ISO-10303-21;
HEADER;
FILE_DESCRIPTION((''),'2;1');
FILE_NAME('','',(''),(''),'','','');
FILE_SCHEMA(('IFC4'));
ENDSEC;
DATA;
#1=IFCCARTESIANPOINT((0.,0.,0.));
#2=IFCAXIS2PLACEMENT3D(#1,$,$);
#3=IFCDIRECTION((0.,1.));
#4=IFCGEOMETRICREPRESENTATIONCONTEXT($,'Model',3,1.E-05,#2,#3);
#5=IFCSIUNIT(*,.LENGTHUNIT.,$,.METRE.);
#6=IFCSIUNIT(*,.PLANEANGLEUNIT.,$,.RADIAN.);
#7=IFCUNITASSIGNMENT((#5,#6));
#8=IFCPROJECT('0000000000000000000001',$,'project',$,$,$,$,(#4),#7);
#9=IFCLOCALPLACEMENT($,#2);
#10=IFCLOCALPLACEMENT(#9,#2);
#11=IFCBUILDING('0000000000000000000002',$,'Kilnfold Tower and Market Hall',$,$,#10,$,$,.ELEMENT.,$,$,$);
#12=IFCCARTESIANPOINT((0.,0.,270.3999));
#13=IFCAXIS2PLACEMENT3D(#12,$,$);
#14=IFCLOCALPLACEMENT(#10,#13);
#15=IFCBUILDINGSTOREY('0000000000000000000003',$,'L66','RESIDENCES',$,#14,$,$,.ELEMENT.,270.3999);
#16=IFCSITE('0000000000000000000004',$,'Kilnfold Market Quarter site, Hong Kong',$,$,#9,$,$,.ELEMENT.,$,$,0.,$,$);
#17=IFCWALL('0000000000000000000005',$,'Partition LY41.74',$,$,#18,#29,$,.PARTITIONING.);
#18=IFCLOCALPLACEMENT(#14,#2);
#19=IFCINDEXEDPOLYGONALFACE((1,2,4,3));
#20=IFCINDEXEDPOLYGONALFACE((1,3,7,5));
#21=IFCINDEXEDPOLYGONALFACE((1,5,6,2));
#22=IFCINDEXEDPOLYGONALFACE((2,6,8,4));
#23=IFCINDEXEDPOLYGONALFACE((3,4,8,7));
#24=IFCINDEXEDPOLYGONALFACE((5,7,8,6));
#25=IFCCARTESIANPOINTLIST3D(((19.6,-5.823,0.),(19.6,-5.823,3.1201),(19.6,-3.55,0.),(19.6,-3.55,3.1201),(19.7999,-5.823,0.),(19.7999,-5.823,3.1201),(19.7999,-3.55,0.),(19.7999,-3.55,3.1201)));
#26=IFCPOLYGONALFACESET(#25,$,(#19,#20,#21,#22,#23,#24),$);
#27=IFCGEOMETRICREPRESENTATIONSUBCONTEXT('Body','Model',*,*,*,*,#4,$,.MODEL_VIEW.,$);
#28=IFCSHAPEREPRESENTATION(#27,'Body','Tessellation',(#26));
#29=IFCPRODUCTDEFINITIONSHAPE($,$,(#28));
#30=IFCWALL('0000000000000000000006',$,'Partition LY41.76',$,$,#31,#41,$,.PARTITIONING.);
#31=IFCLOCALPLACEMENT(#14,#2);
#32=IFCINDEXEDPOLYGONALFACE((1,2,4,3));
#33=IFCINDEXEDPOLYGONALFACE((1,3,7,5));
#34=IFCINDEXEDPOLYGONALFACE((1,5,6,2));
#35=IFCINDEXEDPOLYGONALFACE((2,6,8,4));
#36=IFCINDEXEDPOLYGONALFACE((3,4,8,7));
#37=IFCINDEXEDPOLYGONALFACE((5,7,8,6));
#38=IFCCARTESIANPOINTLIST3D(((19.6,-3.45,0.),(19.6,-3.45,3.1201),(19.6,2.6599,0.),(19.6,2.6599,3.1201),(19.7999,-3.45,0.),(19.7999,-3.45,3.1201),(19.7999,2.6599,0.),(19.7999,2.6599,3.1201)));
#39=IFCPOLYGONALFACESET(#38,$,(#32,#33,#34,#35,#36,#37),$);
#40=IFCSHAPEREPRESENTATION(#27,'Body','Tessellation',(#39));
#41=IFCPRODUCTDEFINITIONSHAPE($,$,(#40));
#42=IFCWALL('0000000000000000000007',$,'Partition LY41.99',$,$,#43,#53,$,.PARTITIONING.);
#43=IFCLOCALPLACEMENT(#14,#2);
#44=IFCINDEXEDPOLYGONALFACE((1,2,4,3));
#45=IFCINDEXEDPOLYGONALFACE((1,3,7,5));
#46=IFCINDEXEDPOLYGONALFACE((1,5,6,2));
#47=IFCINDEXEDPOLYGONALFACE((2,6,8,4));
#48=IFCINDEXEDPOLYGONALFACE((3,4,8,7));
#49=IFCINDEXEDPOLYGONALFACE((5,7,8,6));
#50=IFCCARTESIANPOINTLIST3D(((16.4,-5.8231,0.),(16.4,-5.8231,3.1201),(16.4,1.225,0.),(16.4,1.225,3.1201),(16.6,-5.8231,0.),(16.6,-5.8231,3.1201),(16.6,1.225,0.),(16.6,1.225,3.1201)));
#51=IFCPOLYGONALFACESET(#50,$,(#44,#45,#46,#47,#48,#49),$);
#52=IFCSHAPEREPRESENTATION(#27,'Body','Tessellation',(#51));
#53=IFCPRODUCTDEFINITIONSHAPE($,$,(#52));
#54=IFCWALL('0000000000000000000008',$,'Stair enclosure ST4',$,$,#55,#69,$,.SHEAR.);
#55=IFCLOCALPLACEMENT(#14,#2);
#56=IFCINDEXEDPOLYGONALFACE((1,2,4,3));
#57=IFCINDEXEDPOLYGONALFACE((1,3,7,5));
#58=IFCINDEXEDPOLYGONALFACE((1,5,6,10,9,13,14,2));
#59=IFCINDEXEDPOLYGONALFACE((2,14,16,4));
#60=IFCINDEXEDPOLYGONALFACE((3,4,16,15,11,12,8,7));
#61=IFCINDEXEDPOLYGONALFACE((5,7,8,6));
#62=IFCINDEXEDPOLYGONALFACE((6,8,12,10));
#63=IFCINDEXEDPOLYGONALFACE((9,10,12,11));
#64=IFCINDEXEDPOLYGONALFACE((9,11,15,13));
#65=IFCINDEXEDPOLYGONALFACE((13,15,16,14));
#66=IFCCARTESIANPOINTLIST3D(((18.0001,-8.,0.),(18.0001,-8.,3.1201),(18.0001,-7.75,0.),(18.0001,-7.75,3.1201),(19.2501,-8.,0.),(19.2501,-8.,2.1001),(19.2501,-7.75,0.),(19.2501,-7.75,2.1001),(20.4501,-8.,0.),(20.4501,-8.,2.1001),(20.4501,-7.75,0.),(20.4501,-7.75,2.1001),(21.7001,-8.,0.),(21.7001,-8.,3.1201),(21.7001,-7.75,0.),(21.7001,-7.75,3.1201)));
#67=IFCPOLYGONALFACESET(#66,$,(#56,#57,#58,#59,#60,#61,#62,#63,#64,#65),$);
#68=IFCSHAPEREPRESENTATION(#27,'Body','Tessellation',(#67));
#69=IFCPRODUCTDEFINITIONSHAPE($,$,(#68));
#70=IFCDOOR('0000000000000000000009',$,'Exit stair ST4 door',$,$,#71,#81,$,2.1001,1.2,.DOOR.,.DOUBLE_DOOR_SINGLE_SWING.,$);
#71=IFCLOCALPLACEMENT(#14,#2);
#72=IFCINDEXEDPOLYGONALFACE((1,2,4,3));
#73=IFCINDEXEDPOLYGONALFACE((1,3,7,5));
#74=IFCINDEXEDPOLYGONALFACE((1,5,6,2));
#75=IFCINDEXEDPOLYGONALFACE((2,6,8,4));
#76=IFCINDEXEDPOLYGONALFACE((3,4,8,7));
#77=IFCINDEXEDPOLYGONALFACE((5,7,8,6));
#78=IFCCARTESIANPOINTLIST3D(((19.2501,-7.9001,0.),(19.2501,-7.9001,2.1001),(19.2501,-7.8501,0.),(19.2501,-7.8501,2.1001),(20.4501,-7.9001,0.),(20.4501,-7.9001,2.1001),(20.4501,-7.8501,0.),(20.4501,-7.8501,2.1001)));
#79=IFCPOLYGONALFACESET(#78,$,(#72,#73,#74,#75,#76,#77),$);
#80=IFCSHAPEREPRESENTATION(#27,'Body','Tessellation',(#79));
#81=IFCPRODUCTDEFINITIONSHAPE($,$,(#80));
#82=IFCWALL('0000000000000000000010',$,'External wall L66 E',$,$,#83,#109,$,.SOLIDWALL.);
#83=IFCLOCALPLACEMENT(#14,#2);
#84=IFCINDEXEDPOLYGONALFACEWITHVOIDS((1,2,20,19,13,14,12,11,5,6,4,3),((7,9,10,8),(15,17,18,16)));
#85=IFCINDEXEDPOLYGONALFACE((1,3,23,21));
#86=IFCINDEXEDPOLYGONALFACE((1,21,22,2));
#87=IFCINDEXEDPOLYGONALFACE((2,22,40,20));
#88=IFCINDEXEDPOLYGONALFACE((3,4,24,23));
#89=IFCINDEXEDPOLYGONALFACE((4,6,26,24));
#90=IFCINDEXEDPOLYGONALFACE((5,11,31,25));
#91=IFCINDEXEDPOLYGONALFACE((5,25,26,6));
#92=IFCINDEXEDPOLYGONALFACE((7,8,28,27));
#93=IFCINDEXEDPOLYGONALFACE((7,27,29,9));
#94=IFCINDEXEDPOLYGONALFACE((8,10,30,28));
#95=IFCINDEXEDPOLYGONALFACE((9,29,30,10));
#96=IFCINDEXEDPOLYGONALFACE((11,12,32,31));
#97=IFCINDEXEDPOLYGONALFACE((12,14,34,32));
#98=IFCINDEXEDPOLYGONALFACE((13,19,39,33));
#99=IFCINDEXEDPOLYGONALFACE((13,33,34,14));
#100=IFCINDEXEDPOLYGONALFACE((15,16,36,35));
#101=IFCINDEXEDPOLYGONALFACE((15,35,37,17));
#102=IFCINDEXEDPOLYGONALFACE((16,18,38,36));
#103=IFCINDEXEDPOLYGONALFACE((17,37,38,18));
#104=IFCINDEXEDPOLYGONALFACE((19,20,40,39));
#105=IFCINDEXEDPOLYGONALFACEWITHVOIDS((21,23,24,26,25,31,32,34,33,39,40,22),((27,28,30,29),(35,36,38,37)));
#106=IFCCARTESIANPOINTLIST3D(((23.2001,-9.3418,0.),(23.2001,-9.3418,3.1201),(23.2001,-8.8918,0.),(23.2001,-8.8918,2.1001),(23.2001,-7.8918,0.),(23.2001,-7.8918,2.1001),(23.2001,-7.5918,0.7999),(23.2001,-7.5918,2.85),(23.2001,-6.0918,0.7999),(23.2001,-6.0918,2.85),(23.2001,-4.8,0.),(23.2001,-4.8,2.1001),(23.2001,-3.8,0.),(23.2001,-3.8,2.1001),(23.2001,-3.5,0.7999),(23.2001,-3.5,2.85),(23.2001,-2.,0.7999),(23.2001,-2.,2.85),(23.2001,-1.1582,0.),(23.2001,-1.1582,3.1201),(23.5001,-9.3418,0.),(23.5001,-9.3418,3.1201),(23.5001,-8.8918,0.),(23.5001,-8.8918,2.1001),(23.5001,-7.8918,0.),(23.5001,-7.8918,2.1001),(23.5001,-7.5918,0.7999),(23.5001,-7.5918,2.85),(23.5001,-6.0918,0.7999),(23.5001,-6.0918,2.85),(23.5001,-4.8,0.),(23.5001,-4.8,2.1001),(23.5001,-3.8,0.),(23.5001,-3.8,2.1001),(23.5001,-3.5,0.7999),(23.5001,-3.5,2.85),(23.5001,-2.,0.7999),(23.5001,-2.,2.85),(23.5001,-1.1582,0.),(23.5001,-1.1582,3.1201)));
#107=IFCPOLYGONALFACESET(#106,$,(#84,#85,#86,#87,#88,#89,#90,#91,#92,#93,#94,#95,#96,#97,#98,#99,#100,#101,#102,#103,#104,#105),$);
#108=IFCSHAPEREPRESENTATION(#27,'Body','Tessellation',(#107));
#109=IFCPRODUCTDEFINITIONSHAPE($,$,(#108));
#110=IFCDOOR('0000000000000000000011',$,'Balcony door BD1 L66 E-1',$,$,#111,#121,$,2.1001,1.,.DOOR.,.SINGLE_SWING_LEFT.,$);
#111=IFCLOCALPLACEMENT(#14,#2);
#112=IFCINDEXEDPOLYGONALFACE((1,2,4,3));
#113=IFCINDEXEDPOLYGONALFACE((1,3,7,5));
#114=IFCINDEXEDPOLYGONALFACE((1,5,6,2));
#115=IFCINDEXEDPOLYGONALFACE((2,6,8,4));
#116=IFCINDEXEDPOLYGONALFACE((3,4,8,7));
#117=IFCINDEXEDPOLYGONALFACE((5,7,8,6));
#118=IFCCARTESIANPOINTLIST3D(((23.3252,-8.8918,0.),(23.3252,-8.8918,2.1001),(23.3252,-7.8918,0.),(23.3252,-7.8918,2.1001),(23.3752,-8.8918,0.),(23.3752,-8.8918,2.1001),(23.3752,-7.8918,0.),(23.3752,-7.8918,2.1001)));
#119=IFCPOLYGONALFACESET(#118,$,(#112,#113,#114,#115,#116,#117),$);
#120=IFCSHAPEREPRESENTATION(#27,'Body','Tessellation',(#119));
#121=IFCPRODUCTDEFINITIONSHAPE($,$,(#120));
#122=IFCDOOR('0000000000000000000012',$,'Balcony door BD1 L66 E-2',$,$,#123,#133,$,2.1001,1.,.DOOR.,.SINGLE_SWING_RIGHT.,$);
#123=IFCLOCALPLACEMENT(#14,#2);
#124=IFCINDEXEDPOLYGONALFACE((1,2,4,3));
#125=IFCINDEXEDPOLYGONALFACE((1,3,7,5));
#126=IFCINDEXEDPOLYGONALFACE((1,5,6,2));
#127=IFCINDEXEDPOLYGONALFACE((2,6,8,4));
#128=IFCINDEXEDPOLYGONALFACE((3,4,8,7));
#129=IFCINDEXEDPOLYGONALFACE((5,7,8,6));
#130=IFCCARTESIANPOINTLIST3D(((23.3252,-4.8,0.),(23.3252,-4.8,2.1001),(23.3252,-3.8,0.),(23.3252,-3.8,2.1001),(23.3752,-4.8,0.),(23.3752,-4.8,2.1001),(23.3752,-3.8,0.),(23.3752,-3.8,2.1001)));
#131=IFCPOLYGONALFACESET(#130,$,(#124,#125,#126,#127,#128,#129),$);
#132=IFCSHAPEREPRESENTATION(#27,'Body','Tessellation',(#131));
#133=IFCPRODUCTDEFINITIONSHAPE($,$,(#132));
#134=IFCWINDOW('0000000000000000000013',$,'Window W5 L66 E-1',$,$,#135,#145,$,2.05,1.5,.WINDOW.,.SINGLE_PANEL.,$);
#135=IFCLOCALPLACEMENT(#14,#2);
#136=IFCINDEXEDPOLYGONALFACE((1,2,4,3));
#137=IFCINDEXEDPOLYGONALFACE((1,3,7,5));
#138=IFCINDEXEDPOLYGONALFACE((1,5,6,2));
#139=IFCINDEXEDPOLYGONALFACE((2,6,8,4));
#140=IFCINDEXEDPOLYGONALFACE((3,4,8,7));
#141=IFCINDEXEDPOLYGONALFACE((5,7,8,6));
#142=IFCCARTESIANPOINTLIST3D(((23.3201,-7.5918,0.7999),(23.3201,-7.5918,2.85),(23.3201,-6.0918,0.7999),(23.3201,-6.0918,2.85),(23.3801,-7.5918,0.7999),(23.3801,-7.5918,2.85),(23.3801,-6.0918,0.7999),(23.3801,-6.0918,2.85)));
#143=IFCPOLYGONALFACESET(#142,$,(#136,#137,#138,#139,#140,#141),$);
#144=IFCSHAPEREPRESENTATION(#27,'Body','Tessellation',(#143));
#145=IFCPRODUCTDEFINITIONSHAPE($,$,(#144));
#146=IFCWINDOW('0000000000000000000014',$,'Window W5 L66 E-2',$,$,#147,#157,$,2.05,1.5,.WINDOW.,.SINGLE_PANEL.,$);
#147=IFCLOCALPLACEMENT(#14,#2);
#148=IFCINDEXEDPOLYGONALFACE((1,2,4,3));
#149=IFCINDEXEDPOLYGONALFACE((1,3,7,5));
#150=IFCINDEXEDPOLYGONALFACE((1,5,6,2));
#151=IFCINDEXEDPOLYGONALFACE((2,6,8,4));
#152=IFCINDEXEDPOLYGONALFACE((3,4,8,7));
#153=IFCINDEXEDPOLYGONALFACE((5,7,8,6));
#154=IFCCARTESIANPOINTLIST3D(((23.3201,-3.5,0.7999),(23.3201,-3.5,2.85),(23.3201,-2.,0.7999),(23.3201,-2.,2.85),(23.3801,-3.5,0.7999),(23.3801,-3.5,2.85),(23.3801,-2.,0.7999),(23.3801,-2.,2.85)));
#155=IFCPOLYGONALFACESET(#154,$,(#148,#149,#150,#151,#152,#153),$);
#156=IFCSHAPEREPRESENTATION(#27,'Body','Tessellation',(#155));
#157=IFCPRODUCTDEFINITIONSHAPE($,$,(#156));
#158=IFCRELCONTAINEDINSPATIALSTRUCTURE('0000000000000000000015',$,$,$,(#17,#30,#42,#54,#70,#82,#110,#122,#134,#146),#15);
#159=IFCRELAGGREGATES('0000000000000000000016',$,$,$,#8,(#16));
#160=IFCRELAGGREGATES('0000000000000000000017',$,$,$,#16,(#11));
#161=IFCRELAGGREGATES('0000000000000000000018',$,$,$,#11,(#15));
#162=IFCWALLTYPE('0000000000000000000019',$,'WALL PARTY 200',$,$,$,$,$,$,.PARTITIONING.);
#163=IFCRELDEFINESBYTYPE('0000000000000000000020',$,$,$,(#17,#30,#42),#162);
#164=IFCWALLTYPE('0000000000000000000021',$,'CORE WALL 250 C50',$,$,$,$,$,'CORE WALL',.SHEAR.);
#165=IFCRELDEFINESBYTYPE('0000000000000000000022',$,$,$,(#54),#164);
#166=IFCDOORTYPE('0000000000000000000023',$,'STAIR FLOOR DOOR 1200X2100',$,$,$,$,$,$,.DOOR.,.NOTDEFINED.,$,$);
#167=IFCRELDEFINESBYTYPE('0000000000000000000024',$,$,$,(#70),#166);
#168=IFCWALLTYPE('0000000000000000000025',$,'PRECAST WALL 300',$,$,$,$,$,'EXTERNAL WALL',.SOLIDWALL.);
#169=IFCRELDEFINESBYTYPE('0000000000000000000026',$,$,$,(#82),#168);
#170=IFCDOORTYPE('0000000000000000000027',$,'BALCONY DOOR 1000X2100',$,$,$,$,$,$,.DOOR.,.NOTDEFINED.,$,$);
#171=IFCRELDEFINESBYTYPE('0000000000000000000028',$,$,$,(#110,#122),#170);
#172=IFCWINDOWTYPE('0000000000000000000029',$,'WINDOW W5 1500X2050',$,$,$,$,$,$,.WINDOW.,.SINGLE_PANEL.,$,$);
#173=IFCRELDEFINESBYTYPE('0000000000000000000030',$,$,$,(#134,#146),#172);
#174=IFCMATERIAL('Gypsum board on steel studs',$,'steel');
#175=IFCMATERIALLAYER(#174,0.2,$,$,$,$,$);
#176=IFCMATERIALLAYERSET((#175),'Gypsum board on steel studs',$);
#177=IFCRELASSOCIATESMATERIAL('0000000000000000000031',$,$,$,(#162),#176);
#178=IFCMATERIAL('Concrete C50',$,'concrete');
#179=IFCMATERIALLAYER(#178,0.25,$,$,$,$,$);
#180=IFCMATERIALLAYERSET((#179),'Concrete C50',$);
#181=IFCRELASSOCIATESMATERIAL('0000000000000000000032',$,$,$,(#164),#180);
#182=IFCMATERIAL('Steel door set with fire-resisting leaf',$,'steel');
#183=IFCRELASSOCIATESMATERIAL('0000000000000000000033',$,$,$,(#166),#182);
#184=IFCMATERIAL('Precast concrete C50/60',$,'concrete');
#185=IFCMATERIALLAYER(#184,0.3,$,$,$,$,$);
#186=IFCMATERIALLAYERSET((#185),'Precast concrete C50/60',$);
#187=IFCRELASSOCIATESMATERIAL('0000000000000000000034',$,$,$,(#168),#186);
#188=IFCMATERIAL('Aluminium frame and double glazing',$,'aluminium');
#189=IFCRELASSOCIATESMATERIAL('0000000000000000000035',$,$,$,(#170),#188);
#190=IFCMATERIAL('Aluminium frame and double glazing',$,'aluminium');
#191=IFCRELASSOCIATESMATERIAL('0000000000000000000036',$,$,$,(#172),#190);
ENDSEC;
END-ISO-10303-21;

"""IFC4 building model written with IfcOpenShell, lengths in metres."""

from ifc_helpers import new_model, si_unit, direction, frame, frame_2d, origin, place, context, subcontext, project, spatial, rectangle, extrude, source, transform, mapped, material, layer, layer_set, type_object, element, fill, save


model = new_model("IFC4")

# Units and contexts
model_context = context("Model", 3, precision=1e-05, world=origin(), true_north=direction((0.0, 1.0)))
body_context = subcontext(model_context, "Body", "Model", "MODEL_VIEW")
ifc_project = project(units=[si_unit("LENGTHUNIT", "METRE"), si_unit("PLANEANGLEUNIT", "RADIAN")], contexts=[model_context])

# Site, building, storey
site_placement = place(None, origin())
site = spatial("IfcSite", under=ifc_project, at=site_placement, Name="Kilnfold Market Quarter site, Hong Kong", CompositionType="ELEMENT", RefElevation=0.0)
building_placement = place(site_placement, origin())
building = spatial("IfcBuilding", under=site, at=building_placement, Name="Kilnfold Tower and Market Hall", CompositionType="ELEMENT")
storey_placement = place(building_placement, frame((0.0, 0.0, 270.3999)))
storey = spatial("IfcBuildingStorey", under=building, at=storey_placement, Name="L66", Description="RESIDENCES", CompositionType="ELEMENT", Elevation=270.3999)

# Walls
ifc_material_1 = material(Name="Gypsum board on steel studs", Category="steel")
ifc_layer_1 = layer(ifc_material_1, 0.2)
ifc_layer_set_1 = layer_set([ifc_layer_1], Name="Gypsum board on steel studs")
wall_type_1 = type_object("IfcWallType", Name="WALL PARTY 200", PredefinedType="PARTITIONING", material=ifc_layer_set_1)
wall_1_placement = place(storey_placement, frame((19.7, -5.823, 0.0), z_axis=(0.0, 0.0, 1.0), x_axis=(0.0, 1.0, 0.0)))
element("IfcWall", 1, at=wall_1_placement, inside=storey, type_object=wall_type_1, Name="Partition LY41.74", PredefinedType="PARTITIONING", context=body_context, shape_type="SweptSolid", body=[
    extrude(rectangle(XDim=2.2729, YDim=0.2, at=frame_2d((1.1365, 0.0))), origin(), (0.0, 0.0, 1.0), 3.1201),
])
wall_2_placement = place(storey_placement, frame((19.7, -3.45, 0.0), z_axis=(0.0, 0.0, 1.0), x_axis=(0.0, 1.0, 0.0)))
element("IfcWall", 2, at=wall_2_placement, inside=storey, type_object=wall_type_1, Name="Partition LY41.76", PredefinedType="PARTITIONING", context=body_context, shape_type="SweptSolid", body=[
    extrude(rectangle(XDim=6.1099, YDim=0.2, at=frame_2d((3.0549, 0.0))), origin(), (0.0, 0.0, 1.0), 3.1201),
])
wall_3_placement = place(storey_placement, frame((16.5, -5.823, 0.0), z_axis=(0.0, 0.0, 1.0), x_axis=(0.0, 1.0, 0.0)))
element("IfcWall", 3, at=wall_3_placement, inside=storey, type_object=wall_type_1, Name="Partition LY41.99", PredefinedType="PARTITIONING", context=body_context, shape_type="SweptSolid", body=[
    extrude(rectangle(XDim=7.0481, YDim=0.2, at=frame_2d((3.5239, 0.0))), origin(), (0.0, 0.0, 1.0), 3.1201),
])

# Wall, opening, door
ifc_material_2 = material(Name="Concrete C50", Category="concrete")
ifc_layer_2 = layer(ifc_material_2, 0.25)
ifc_layer_set_2 = layer_set([ifc_layer_2], Name="Concrete C50")
wall_type_2 = type_object("IfcWallType", Name="CORE WALL 250 C50", ElementType="CORE WALL", PredefinedType="SHEAR", material=ifc_layer_set_2)
shared_shape_1 = source(origin(), body_context, "Body", "SweptSolid", [
    extrude(rectangle(XDim=3.7, YDim=0.25, at=frame_2d((1.8501, 0.0))), origin(), (0.0, 0.0, 1.0), 3.1201),
])
wall_4_placement = place(storey_placement, frame((18.0, -7.875, 0.0), z_axis=(0.0, 0.0, 1.0), x_axis=(1.0, 0.0, 0.0)))
wall_4 = element("IfcWall", 4, at=wall_4_placement, inside=storey, type_object=wall_type_2, Name="Stair enclosure ST4", PredefinedType="SHEAR", context=body_context, shape_type="MappedRepresentation", body=[
    mapped(shared_shape_1, transform((0.0, 0.0, 0.0))),
])
opening_1_placement = place(wall_4_placement, frame((1.25, 0.0, 0.0)))
opening_1 = element("IfcOpeningElement", 5, at=opening_1_placement, cuts=wall_4, PredefinedType="OPENING", context=body_context, shape_type="SweptSolid", body=[
    extrude(rectangle(XDim=1.2, YDim=2.1001, at=frame_2d((0.6001, 1.05))), frame((0.0, 0.135, 0.0), z_axis=(0.0, -1.0, 0.0), x_axis=(1.0, 0.0, 0.0)), (0.0, 0.0, 1.0), 0.27),
])
ifc_material_3 = material(Name="Steel door set with fire-resisting leaf", Category="steel")
door_type_1 = type_object("IfcDoorType", Name="STAIR FLOOR DOOR 1200X2100", OperationType="NOTDEFINED", PredefinedType="DOOR", material=ifc_material_3)
door_1_placement = place(opening_1_placement, origin())
door_1 = element("IfcDoor", 6, at=door_1_placement, inside=storey, type_object=door_type_1, Name="Exit stair ST4 door", OperationType="DOUBLE_DOOR_SINGLE_SWING", OverallHeight=2.1001, OverallWidth=1.2, PredefinedType="DOOR", context=body_context, shape_type="SweptSolid", body=[
    extrude(rectangle(XDim=1.2, YDim=2.1001, at=frame_2d((0.6001, 1.05))), frame((0.0, 0.0249, 0.0), z_axis=(0.0, -1.0, 0.0), x_axis=(1.0, 0.0, 0.0)), (0.0, 0.0, 1.0), 0.05),
])
fill(opening_1, door_1)

# Wall, openings, doors, windows
ifc_material_4 = material(Name="Precast concrete C50/60", Category="concrete")
ifc_layer_3 = layer(ifc_material_4, 0.3)
ifc_layer_set_3 = layer_set([ifc_layer_3], Name="Precast concrete C50/60")
wall_type_3 = type_object("IfcWallType", Name="PRECAST WALL 300", ElementType="EXTERNAL WALL", PredefinedType="SOLIDWALL", material=ifc_layer_set_3)
shared_shape_2 = source(origin(), body_context, "Body", "SweptSolid", [
    extrude(rectangle(XDim=8.1836, YDim=0.3, at=frame_2d((4.0918, 0.0))), origin(), (0.0, 0.0, 1.0), 3.1201),
])
wall_5_placement = place(storey_placement, frame((23.3501, -9.3418, 0.0), z_axis=(0.0, 0.0, 1.0), x_axis=(0.0, 1.0, 0.0)))
wall_5 = element("IfcWall", 7, at=wall_5_placement, inside=storey, type_object=wall_type_3, Name="External wall L66 E", PredefinedType="SOLIDWALL", context=body_context, shape_type="MappedRepresentation", body=[
    mapped(shared_shape_2, transform((0.0, 0.0, 0.0))),
])
opening_2_placement = place(wall_5_placement, frame((1.75, 0.0, 0.8)))
opening_2 = element("IfcOpeningElement", 8, at=opening_2_placement, cuts=wall_5, PredefinedType="OPENING", context=body_context, shape_type="SweptSolid", body=[
    extrude(rectangle(XDim=1.5, YDim=2.05, at=frame_2d((0.75, 1.0249))), frame((0.0, 0.1602, 0.0), z_axis=(0.0, -1.0, 0.0), x_axis=(1.0, 0.0, 0.0)), (0.0, 0.0, 1.0), 0.3201),
])
opening_3_placement = place(wall_5_placement, frame((0.45, 0.0, 0.0)))
opening_3 = element("IfcOpeningElement", 9, at=opening_3_placement, cuts=wall_5, PredefinedType="OPENING", context=body_context, shape_type="SweptSolid", body=[
    extrude(rectangle(XDim=1.0, YDim=2.1001, at=frame_2d((0.5, 1.05))), frame((0.0, 0.1602, 0.0), z_axis=(0.0, -1.0, 0.0), x_axis=(1.0, 0.0, 0.0)), (0.0, 0.0, 1.0), 0.3201),
])
opening_4_placement = place(wall_5_placement, frame((5.8418, 0.0, 0.8)))
opening_4 = element("IfcOpeningElement", 10, at=opening_4_placement, cuts=wall_5, PredefinedType="OPENING", context=body_context, shape_type="SweptSolid", body=[
    extrude(rectangle(XDim=1.5, YDim=2.05, at=frame_2d((0.75, 1.0249))), frame((0.0, 0.1602, 0.0), z_axis=(0.0, -1.0, 0.0), x_axis=(1.0, 0.0, 0.0)), (0.0, 0.0, 1.0), 0.3201),
])
opening_5_placement = place(wall_5_placement, frame((4.5417, 0.0, 0.0)))
opening_5 = element("IfcOpeningElement", 11, at=opening_5_placement, cuts=wall_5, PredefinedType="OPENING", context=body_context, shape_type="SweptSolid", body=[
    extrude(rectangle(XDim=1.0, YDim=2.1001, at=frame_2d((0.5, 1.05))), frame((0.0, 0.1602, 0.0), z_axis=(0.0, -1.0, 0.0), x_axis=(1.0, 0.0, 0.0)), (0.0, 0.0, 1.0), 0.3201),
])
ifc_material_5 = material(Name="Aluminium frame and double glazing", Category="aluminium")
door_type_2 = type_object("IfcDoorType", Name="BALCONY DOOR 1000X2100", OperationType="NOTDEFINED", PredefinedType="DOOR", material=ifc_material_5)
door_2_placement = place(opening_3_placement, origin())
door_2 = element("IfcDoor", 12, at=door_2_placement, inside=storey, type_object=door_type_2, Name="Balcony door BD1 L66 E-1", OperationType="SINGLE_SWING_LEFT", OverallHeight=2.1001, OverallWidth=1.0, PredefinedType="DOOR", context=body_context, shape_type="SweptSolid", body=[
    extrude(rectangle(XDim=1.0, YDim=2.1001, at=frame_2d((0.5, 1.05))), frame((0.0, 0.0249, 0.0), z_axis=(0.0, -1.0, 0.0), x_axis=(1.0, 0.0, 0.0)), (0.0, 0.0, 1.0), 0.05),
])
fill(opening_3, door_2)
door_3_placement = place(opening_5_placement, origin())
door_3 = element("IfcDoor", 13, at=door_3_placement, inside=storey, type_object=door_type_2, Name="Balcony door BD1 L66 E-2", OperationType="SINGLE_SWING_RIGHT", OverallHeight=2.1001, OverallWidth=1.0, PredefinedType="DOOR", context=body_context, shape_type="SweptSolid", body=[
    extrude(rectangle(XDim=1.0, YDim=2.1001, at=frame_2d((0.5, 1.05))), frame((0.0, 0.0249, 0.0), z_axis=(0.0, -1.0, 0.0), x_axis=(1.0, 0.0, 0.0)), (0.0, 0.0, 1.0), 0.05),
])
fill(opening_5, door_3)
ifc_material_6 = material(Name="Aluminium frame and double glazing", Category="aluminium")
window_type = type_object("IfcWindowType", Name="WINDOW W5 1500X2050", PartitioningType="SINGLE_PANEL", PredefinedType="WINDOW", material=ifc_material_6)
window_1_placement = place(opening_2_placement, origin())
window_1 = element("IfcWindow", 14, at=window_1_placement, inside=storey, type_object=window_type, Name="Window W5 L66 E-1", OverallHeight=2.05, OverallWidth=1.5, PartitioningType="SINGLE_PANEL", PredefinedType="WINDOW", context=body_context, shape_type="SweptSolid", body=[
    extrude(rectangle(XDim=1.5, YDim=2.05, at=frame_2d((0.75, 1.0249))), frame((0.0, 0.03, 0.0), z_axis=(0.0, -1.0, 0.0), x_axis=(1.0, 0.0, 0.0)), (0.0, 0.0, 1.0), 0.0601),
])
fill(opening_2, window_1)
window_2_placement = place(opening_4_placement, origin())
window_2 = element("IfcWindow", 15, at=window_2_placement, inside=storey, type_object=window_type, Name="Window W5 L66 E-2", OverallHeight=2.05, OverallWidth=1.5, PartitioningType="SINGLE_PANEL", PredefinedType="WINDOW", context=body_context, shape_type="SweptSolid", body=[
    extrude(rectangle(XDim=1.5, YDim=2.05, at=frame_2d((0.75, 1.0249))), frame((0.0, 0.03, 0.0), z_axis=(0.0, -1.0, 0.0), x_axis=(1.0, 0.0, 0.0)), (0.0, 0.0, 1.0), 0.0601),
])
fill(opening_4, window_2)

save(model, "model.ifc")
